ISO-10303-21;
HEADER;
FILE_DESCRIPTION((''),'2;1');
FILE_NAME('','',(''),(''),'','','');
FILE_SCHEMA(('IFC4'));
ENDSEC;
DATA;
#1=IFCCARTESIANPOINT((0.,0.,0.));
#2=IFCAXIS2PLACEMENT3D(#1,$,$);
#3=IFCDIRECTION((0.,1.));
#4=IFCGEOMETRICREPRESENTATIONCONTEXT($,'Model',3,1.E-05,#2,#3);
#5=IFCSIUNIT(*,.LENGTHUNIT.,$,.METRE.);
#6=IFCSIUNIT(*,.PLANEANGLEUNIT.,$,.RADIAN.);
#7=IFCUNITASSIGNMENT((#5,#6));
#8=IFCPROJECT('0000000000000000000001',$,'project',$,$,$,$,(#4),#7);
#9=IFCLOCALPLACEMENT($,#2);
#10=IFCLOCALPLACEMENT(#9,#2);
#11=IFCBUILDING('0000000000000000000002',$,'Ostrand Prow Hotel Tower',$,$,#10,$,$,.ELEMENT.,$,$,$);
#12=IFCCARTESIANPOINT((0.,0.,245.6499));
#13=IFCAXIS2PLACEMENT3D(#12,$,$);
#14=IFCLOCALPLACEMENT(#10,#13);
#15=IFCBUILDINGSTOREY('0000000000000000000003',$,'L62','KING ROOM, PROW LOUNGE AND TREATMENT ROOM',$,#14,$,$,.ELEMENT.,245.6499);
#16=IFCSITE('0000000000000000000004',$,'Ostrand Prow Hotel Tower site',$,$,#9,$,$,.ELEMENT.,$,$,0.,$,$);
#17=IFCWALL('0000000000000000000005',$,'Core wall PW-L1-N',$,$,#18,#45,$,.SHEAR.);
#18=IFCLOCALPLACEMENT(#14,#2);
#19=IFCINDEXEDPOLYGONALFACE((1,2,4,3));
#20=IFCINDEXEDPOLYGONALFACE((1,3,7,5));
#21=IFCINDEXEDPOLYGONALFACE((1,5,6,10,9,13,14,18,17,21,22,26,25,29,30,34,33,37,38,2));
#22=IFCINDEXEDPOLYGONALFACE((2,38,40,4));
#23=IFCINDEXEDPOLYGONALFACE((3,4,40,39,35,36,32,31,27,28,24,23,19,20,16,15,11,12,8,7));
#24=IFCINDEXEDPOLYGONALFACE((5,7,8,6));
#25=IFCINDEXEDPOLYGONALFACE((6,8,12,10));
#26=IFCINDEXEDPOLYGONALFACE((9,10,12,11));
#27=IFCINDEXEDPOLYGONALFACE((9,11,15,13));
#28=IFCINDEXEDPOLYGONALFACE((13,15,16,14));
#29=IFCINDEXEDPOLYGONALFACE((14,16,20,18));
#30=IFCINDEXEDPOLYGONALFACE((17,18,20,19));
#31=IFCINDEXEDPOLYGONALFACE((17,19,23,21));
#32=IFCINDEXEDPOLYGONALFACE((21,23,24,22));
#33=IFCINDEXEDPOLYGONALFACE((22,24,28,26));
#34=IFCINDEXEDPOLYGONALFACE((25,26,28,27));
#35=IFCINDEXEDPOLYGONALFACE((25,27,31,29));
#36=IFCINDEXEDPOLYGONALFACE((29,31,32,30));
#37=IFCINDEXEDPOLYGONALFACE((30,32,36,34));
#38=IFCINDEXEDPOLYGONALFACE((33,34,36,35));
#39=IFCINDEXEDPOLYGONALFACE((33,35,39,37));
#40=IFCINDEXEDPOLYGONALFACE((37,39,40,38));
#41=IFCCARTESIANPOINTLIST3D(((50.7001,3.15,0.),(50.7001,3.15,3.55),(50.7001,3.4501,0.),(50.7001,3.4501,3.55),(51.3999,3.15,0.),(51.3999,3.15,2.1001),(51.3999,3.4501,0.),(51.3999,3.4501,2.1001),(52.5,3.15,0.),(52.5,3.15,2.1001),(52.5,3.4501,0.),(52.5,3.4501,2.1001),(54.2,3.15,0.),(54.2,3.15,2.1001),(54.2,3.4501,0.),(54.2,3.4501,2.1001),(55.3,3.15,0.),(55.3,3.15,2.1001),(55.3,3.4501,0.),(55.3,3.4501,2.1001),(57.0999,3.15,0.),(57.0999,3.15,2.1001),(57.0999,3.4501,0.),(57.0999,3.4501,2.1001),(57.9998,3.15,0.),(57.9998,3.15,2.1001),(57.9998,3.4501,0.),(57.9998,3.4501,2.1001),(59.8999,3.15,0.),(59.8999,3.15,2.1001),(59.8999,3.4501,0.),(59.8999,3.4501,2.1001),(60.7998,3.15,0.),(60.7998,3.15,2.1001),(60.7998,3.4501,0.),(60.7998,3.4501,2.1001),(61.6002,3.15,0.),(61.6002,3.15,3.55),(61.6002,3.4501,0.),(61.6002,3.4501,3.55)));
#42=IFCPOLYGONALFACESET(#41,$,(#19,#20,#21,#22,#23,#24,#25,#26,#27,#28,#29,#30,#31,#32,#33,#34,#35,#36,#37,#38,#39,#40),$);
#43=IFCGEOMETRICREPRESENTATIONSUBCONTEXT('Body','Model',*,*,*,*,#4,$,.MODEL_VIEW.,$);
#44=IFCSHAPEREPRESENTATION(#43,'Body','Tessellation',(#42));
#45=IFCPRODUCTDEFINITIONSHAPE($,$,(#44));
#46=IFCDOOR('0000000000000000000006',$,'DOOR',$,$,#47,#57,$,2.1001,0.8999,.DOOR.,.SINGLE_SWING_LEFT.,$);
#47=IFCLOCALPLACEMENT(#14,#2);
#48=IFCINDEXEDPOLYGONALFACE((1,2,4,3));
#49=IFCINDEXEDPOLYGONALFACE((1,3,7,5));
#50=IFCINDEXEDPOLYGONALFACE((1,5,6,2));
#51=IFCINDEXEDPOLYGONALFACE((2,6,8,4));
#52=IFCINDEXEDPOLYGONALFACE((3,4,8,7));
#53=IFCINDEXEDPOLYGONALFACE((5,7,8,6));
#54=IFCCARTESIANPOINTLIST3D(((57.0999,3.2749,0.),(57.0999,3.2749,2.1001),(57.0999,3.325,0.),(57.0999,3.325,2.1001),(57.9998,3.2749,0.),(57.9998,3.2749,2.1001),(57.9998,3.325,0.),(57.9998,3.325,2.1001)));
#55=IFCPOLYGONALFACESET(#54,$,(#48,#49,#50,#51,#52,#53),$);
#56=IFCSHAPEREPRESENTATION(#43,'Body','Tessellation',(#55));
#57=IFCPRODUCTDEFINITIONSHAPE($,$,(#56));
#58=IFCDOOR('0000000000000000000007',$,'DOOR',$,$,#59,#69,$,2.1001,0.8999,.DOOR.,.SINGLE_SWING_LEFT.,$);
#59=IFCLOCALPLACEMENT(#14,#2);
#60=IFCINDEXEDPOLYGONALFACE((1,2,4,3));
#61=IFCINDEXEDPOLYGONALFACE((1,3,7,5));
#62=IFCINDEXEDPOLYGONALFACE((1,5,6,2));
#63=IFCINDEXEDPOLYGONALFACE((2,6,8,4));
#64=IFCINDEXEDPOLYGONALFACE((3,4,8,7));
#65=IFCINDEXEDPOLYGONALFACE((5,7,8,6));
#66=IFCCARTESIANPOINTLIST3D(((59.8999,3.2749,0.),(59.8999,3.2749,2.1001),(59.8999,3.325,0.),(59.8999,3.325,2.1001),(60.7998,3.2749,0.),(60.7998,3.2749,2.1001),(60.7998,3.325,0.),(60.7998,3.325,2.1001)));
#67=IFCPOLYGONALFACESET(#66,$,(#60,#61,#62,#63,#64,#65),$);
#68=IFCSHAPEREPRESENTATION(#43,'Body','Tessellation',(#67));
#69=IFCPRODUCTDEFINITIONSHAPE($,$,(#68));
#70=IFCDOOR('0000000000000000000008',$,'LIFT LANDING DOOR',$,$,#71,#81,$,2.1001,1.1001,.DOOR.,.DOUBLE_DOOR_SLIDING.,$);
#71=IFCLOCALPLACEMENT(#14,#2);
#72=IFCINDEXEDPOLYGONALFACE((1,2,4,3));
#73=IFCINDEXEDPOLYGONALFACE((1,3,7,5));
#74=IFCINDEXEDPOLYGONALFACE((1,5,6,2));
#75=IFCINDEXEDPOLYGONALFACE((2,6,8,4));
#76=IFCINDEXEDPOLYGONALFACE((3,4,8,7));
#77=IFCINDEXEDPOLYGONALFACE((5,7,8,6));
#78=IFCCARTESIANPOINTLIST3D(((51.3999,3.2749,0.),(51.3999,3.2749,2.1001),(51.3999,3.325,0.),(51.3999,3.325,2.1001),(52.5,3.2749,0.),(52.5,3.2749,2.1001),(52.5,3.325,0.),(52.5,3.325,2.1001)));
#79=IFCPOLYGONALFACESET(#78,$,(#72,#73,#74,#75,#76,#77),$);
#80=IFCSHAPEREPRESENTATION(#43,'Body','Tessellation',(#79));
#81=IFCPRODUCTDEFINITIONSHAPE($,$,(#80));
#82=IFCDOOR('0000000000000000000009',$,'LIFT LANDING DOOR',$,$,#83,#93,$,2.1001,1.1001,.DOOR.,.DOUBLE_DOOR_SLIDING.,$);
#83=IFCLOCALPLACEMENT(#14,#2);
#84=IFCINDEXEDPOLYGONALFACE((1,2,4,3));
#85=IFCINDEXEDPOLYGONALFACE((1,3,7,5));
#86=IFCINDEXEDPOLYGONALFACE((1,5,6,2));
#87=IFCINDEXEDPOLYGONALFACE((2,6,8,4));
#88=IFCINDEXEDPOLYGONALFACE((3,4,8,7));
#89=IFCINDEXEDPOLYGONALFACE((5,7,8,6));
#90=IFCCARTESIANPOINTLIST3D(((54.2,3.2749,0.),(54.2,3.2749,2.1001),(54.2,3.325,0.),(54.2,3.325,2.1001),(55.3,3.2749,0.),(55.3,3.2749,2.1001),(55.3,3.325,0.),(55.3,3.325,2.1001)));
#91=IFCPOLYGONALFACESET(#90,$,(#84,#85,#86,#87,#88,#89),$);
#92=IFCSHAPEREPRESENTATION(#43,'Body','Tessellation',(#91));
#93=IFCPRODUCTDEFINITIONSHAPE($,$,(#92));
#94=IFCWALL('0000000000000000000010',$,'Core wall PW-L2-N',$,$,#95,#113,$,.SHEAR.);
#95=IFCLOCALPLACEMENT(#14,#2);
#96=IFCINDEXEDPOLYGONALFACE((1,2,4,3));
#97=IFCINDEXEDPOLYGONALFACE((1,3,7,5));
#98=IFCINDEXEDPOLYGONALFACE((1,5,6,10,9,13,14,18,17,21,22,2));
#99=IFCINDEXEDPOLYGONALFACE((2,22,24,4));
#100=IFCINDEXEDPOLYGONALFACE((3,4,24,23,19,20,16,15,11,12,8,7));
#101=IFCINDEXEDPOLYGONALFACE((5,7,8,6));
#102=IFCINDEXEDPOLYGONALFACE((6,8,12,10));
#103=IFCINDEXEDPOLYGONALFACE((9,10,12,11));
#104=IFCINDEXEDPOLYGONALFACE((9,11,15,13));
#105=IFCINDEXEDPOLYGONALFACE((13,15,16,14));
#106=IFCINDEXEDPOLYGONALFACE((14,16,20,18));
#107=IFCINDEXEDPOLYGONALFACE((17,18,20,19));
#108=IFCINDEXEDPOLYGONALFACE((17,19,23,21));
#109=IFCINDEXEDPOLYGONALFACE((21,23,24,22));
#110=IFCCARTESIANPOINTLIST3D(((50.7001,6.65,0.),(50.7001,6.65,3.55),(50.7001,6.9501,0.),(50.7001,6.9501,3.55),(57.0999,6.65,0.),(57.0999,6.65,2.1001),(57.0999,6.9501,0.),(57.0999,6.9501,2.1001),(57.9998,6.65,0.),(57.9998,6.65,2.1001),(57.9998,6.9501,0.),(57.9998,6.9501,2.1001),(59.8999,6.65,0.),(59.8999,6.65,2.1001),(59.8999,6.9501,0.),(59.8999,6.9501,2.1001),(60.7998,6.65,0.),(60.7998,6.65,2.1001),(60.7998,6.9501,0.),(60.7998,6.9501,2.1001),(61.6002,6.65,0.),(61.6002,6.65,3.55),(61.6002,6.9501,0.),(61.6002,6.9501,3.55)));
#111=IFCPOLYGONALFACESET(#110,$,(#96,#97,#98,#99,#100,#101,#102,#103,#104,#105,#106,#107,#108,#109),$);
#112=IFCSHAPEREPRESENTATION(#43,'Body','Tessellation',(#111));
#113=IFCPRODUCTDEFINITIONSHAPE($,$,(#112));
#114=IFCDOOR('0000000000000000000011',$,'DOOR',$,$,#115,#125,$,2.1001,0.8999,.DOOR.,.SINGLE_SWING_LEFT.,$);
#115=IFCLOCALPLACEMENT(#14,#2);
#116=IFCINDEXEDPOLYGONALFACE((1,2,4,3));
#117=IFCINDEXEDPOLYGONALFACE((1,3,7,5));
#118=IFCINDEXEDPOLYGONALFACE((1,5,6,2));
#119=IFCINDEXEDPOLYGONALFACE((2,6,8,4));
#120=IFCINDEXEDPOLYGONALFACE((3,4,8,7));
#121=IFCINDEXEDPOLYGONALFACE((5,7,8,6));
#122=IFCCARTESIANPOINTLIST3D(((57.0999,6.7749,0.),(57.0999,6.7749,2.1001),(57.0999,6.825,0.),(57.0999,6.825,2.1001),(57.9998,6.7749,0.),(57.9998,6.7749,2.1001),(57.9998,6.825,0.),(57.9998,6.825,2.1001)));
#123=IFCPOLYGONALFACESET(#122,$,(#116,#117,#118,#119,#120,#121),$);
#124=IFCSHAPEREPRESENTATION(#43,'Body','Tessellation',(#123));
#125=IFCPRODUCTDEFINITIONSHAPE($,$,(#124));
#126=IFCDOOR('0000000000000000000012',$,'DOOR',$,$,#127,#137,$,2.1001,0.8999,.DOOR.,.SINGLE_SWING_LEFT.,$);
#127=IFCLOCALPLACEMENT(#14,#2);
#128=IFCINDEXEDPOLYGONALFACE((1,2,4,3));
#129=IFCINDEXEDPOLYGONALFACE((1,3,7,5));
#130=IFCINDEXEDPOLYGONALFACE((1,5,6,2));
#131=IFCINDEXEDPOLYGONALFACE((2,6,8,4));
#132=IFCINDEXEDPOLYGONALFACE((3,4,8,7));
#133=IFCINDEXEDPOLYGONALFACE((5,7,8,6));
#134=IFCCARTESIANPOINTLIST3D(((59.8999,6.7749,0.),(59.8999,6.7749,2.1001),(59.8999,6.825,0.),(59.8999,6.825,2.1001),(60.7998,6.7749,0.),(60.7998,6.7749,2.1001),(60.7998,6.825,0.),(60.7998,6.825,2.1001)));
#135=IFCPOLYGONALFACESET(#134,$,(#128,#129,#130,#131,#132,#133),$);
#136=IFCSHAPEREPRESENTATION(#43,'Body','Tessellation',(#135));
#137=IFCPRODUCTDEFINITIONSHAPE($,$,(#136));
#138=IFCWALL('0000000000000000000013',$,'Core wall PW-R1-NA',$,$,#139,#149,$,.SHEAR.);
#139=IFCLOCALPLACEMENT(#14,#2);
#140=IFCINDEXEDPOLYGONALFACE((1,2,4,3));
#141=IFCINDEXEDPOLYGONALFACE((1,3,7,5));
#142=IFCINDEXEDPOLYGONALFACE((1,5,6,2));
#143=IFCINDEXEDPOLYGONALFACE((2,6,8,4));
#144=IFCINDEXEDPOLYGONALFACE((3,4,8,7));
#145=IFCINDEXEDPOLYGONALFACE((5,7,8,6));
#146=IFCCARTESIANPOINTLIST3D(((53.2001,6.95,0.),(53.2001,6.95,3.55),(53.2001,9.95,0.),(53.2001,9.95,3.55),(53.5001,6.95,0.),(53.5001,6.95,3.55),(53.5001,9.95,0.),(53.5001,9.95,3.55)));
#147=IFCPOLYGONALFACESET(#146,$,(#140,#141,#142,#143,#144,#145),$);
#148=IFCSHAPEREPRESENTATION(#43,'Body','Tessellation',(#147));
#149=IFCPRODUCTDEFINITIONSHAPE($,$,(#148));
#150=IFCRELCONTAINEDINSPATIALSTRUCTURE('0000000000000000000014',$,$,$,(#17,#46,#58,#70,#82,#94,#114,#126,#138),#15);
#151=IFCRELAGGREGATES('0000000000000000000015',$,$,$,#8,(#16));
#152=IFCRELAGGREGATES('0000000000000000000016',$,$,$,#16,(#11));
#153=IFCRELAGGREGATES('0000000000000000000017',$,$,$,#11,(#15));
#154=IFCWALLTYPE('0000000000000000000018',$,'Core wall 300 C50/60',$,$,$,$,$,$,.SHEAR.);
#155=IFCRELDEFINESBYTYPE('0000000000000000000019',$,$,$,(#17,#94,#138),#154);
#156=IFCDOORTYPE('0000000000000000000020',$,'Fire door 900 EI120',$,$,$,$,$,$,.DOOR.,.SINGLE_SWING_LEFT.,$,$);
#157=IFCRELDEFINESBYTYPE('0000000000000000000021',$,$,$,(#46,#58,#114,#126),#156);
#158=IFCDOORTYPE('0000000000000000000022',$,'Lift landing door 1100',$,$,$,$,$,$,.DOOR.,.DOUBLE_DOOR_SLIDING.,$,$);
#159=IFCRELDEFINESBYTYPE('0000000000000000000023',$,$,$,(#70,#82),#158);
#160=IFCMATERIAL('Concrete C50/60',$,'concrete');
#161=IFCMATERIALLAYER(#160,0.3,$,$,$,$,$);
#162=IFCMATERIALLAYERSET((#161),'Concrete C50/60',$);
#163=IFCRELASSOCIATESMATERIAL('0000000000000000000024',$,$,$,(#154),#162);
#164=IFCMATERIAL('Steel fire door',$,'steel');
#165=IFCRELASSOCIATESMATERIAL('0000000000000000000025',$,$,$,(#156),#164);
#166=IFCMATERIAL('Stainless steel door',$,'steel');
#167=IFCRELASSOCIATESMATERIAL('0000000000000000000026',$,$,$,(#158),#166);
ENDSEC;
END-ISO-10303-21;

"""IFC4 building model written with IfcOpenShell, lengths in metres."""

from ifc_helpers import new_model, si_unit, direction, frame, frame_2d, origin, place, context, subcontext, project, spatial, rectangle, extrude, material, layer, layer_set, type_object, element, fill, save


model = new_model("IFC4")

# Units and contexts
model_context = context("Model", 3, precision=1e-05, world=origin(), true_north=direction((0.0, 1.0)))
body_context = subcontext(model_context, "Body", "Model", "MODEL_VIEW")
ifc_project = project(units=[si_unit("LENGTHUNIT", "METRE"), si_unit("PLANEANGLEUNIT", "RADIAN")], contexts=[model_context])

# Site, building, storey
site_placement = place(None, origin())
site = spatial("IfcSite", under=ifc_project, at=site_placement, Name="Ostrand Prow Hotel Tower site", CompositionType="ELEMENT", RefElevation=0.0)
building_placement = place(site_placement, origin())
building = spatial("IfcBuilding", under=site, at=building_placement, Name="Ostrand Prow Hotel Tower", CompositionType="ELEMENT")
storey_placement = place(building_placement, frame((0.0, 0.0, 245.6499)))
storey = spatial("IfcBuildingStorey", under=building, at=storey_placement, Name="L62", Description="KING ROOM, PROW LOUNGE AND TREATMENT ROOM", CompositionType="ELEMENT", Elevation=245.6499)

# Walls, openings, doors
ifc_material_1 = material(Name="Concrete C50/60", Category="concrete")
ifc_layer_1 = layer(ifc_material_1, 0.3)
ifc_layer_set_1 = layer_set([ifc_layer_1], Name="Concrete C50/60")
wall_type_1 = type_object("IfcWallType", Name="Core wall 300 C50/60", PredefinedType="SHEAR", material=ifc_layer_set_1)
wall_1_placement = place(storey_placement, frame((50.7, 3.3, 0.0), z_axis=(0.0, 0.0, 1.0), x_axis=(1.0, 0.0, 0.0)))
wall_1 = element("IfcWall", 1, at=wall_1_placement, inside=storey, type_object=wall_type_1, Name="Core wall PW-L1-N", PredefinedType="SHEAR", context=body_context, shape_type="SweptSolid", body=[
    extrude(rectangle(XDim=10.9001, YDim=0.3, at=frame_2d((5.4502, 0.0))), origin(), (0.0, 0.0, 1.0), 3.55),
])
opening_1_placement = place(wall_1_placement, frame((0.7, 0.0, 0.0)))
opening_1 = element("IfcOpeningElement", 2, at=opening_1_placement, cuts=wall_1, PredefinedType="OPENING", context=body_context, shape_type="SweptSolid", body=[
    extrude(rectangle(XDim=1.1001, YDim=2.1001, at=frame_2d((0.55, 1.05))), frame((0.0, 0.1599, 0.0), z_axis=(0.0, -1.0, 0.0), x_axis=(1.0, 0.0, 0.0)), (0.0, 0.0, 1.0), 0.3201),
])
opening_2_placement = place(wall_1_placement, frame((3.5, 0.0, 0.0)))
opening_2 = element("IfcOpeningElement", 3, at=opening_2_placement, cuts=wall_1, PredefinedType="OPENING", context=body_context, shape_type="SweptSolid", body=[
    extrude(rectangle(XDim=1.1001, YDim=2.1001, at=frame_2d((0.55, 1.05))), frame((0.0, 0.1599, 0.0), z_axis=(0.0, -1.0, 0.0), x_axis=(1.0, 0.0, 0.0)), (0.0, 0.0, 1.0), 0.3201),
])
opening_3_placement = place(wall_1_placement, frame((6.3999, 0.0, 0.0)))
opening_3 = element("IfcOpeningElement", 4, at=opening_3_placement, cuts=wall_1, PredefinedType="OPENING", context=body_context, shape_type="SweptSolid", body=[
    extrude(rectangle(XDim=0.8999, YDim=2.1001, at=frame_2d((0.45, 1.05))), frame((0.0, 0.1599, 0.0), z_axis=(0.0, -1.0, 0.0), x_axis=(1.0, 0.0, 0.0)), (0.0, 0.0, 1.0), 0.3201),
])
opening_4_placement = place(wall_1_placement, frame((9.2, 0.0, 0.0)))
opening_4 = element("IfcOpeningElement", 5, at=opening_4_placement, cuts=wall_1, PredefinedType="OPENING", context=body_context, shape_type="SweptSolid", body=[
    extrude(rectangle(XDim=0.8999, YDim=2.1001, at=frame_2d((0.45, 1.05))), frame((0.0, 0.1599, 0.0), z_axis=(0.0, -1.0, 0.0), x_axis=(1.0, 0.0, 0.0)), (0.0, 0.0, 1.0), 0.3201),
])
ifc_material_2 = material(Name="Steel fire door", Category="steel")
door_type_1 = type_object("IfcDoorType", Name="Fire door 900 EI120", OperationType="SINGLE_SWING_LEFT", PredefinedType="DOOR", material=ifc_material_2)
door_1_placement = place(opening_3_placement, origin())
door_1 = element("IfcDoor", 6, at=door_1_placement, inside=storey, type_object=door_type_1, Name="DOOR", OperationType="SINGLE_SWING_LEFT", OverallHeight=2.1001, OverallWidth=0.8999, PredefinedType="DOOR", context=body_context, shape_type="SweptSolid", body=[
    extrude(rectangle(XDim=0.8999, YDim=2.1001, at=frame_2d((0.45, 1.05))), frame((0.0, 0.0249, 0.0), z_axis=(0.0, -1.0, 0.0), x_axis=(1.0, 0.0, 0.0)), (0.0, 0.0, 1.0), 0.05),
])
fill(opening_3, door_1)
door_2_placement = place(opening_4_placement, origin())
door_2 = element("IfcDoor", 7, at=door_2_placement, inside=storey, type_object=door_type_1, Name="DOOR", OperationType="SINGLE_SWING_LEFT", OverallHeight=2.1001, OverallWidth=0.8999, PredefinedType="DOOR", context=body_context, shape_type="SweptSolid", body=[
    extrude(rectangle(XDim=0.8999, YDim=2.1001, at=frame_2d((0.45, 1.05))), frame((0.0, 0.0249, 0.0), z_axis=(0.0, -1.0, 0.0), x_axis=(1.0, 0.0, 0.0)), (0.0, 0.0, 1.0), 0.05),
])
fill(opening_4, door_2)
ifc_material_3 = material(Name="Stainless steel door", Category="steel")
door_type_2 = type_object("IfcDoorType", Name="Lift landing door 1100", OperationType="DOUBLE_DOOR_SLIDING", PredefinedType="DOOR", material=ifc_material_3)
door_3_placement = place(opening_1_placement, origin())
door_3 = element("IfcDoor", 8, at=door_3_placement, inside=storey, type_object=door_type_2, Name="LIFT LANDING DOOR", OperationType="DOUBLE_DOOR_SLIDING", OverallHeight=2.1001, OverallWidth=1.1001, PredefinedType="DOOR", context=body_context, shape_type="SweptSolid", body=[
    extrude(rectangle(XDim=1.1001, YDim=2.1001, at=frame_2d((0.55, 1.05))), frame((0.0, 0.0249, 0.0), z_axis=(0.0, -1.0, 0.0), x_axis=(1.0, 0.0, 0.0)), (0.0, 0.0, 1.0), 0.05),
])
fill(opening_1, door_3)
door_4_placement = place(opening_2_placement, origin())
door_4 = element("IfcDoor", 9, at=door_4_placement, inside=storey, type_object=door_type_2, Name="LIFT LANDING DOOR", OperationType="DOUBLE_DOOR_SLIDING", OverallHeight=2.1001, OverallWidth=1.1001, PredefinedType="DOOR", context=body_context, shape_type="SweptSolid", body=[
    extrude(rectangle(XDim=1.1001, YDim=2.1001, at=frame_2d((0.55, 1.05))), frame((0.0, 0.0249, 0.0), z_axis=(0.0, -1.0, 0.0), x_axis=(1.0, 0.0, 0.0)), (0.0, 0.0, 1.0), 0.05),
])
fill(opening_2, door_4)
wall_2_placement = place(storey_placement, frame((50.7, 6.8, 0.0), z_axis=(0.0, 0.0, 1.0), x_axis=(1.0, 0.0, 0.0)))
wall_2 = element("IfcWall", 10, at=wall_2_placement, inside=storey, type_object=wall_type_1, Name="Core wall PW-L2-N", PredefinedType="SHEAR", context=body_context, shape_type="SweptSolid", body=[
    extrude(rectangle(XDim=10.9001, YDim=0.3, at=frame_2d((5.4502, 0.0))), origin(), (0.0, 0.0, 1.0), 3.55),
])
opening_5_placement = place(wall_2_placement, frame((6.3999, 0.0, 0.0)))
opening_5 = element("IfcOpeningElement", 11, at=opening_5_placement, cuts=wall_2, PredefinedType="OPENING", context=body_context, shape_type="SweptSolid", body=[
    extrude(rectangle(XDim=0.8999, YDim=2.1001, at=frame_2d((0.45, 1.05))), frame((0.0, 0.1599, 0.0), z_axis=(0.0, -1.0, 0.0), x_axis=(1.0, 0.0, 0.0)), (0.0, 0.0, 1.0), 0.3201),
])
opening_6_placement = place(wall_2_placement, frame((9.2, 0.0, 0.0)))
opening_6 = element("IfcOpeningElement", 12, at=opening_6_placement, cuts=wall_2, PredefinedType="OPENING", context=body_context, shape_type="SweptSolid", body=[
    extrude(rectangle(XDim=0.8999, YDim=2.1001, at=frame_2d((0.45, 1.05))), frame((0.0, 0.1599, 0.0), z_axis=(0.0, -1.0, 0.0), x_axis=(1.0, 0.0, 0.0)), (0.0, 0.0, 1.0), 0.3201),
])
door_5_placement = place(opening_5_placement, origin())
door_5 = element("IfcDoor", 13, at=door_5_placement, inside=storey, type_object=door_type_1, Name="DOOR", OperationType="SINGLE_SWING_LEFT", OverallHeight=2.1001, OverallWidth=0.8999, PredefinedType="DOOR", context=body_context, shape_type="SweptSolid", body=[
    extrude(rectangle(XDim=0.8999, YDim=2.1001, at=frame_2d((0.45, 1.05))), frame((0.0, 0.0249, 0.0), z_axis=(0.0, -1.0, 0.0), x_axis=(1.0, 0.0, 0.0)), (0.0, 0.0, 1.0), 0.05),
])
fill(opening_5, door_5)
door_6_placement = place(opening_6_placement, origin())
door_6 = element("IfcDoor", 14, at=door_6_placement, inside=storey, type_object=door_type_1, Name="DOOR", OperationType="SINGLE_SWING_LEFT", OverallHeight=2.1001, OverallWidth=0.8999, PredefinedType="DOOR", context=body_context, shape_type="SweptSolid", body=[
    extrude(rectangle(XDim=0.8999, YDim=2.1001, at=frame_2d((0.45, 1.05))), frame((0.0, 0.0249, 0.0), z_axis=(0.0, -1.0, 0.0), x_axis=(1.0, 0.0, 0.0)), (0.0, 0.0, 1.0), 0.05),
])
fill(opening_6, door_6)

# Wall
wall_3_placement = place(storey_placement, frame((53.3501, 6.95, 0.0), z_axis=(0.0, 0.0, 1.0), x_axis=(0.0, 1.0, 0.0)))
element("IfcWall", 15, at=wall_3_placement, inside=storey, type_object=wall_type_1, Name="Core wall PW-R1-NA", PredefinedType="SHEAR", context=body_context, shape_type="SweptSolid", body=[
    extrude(rectangle(XDim=3.0, YDim=0.3, at=frame_2d((1.5, 0.0))), origin(), (0.0, 0.0, 1.0), 3.55),
])

save(model, "model.ifc")
